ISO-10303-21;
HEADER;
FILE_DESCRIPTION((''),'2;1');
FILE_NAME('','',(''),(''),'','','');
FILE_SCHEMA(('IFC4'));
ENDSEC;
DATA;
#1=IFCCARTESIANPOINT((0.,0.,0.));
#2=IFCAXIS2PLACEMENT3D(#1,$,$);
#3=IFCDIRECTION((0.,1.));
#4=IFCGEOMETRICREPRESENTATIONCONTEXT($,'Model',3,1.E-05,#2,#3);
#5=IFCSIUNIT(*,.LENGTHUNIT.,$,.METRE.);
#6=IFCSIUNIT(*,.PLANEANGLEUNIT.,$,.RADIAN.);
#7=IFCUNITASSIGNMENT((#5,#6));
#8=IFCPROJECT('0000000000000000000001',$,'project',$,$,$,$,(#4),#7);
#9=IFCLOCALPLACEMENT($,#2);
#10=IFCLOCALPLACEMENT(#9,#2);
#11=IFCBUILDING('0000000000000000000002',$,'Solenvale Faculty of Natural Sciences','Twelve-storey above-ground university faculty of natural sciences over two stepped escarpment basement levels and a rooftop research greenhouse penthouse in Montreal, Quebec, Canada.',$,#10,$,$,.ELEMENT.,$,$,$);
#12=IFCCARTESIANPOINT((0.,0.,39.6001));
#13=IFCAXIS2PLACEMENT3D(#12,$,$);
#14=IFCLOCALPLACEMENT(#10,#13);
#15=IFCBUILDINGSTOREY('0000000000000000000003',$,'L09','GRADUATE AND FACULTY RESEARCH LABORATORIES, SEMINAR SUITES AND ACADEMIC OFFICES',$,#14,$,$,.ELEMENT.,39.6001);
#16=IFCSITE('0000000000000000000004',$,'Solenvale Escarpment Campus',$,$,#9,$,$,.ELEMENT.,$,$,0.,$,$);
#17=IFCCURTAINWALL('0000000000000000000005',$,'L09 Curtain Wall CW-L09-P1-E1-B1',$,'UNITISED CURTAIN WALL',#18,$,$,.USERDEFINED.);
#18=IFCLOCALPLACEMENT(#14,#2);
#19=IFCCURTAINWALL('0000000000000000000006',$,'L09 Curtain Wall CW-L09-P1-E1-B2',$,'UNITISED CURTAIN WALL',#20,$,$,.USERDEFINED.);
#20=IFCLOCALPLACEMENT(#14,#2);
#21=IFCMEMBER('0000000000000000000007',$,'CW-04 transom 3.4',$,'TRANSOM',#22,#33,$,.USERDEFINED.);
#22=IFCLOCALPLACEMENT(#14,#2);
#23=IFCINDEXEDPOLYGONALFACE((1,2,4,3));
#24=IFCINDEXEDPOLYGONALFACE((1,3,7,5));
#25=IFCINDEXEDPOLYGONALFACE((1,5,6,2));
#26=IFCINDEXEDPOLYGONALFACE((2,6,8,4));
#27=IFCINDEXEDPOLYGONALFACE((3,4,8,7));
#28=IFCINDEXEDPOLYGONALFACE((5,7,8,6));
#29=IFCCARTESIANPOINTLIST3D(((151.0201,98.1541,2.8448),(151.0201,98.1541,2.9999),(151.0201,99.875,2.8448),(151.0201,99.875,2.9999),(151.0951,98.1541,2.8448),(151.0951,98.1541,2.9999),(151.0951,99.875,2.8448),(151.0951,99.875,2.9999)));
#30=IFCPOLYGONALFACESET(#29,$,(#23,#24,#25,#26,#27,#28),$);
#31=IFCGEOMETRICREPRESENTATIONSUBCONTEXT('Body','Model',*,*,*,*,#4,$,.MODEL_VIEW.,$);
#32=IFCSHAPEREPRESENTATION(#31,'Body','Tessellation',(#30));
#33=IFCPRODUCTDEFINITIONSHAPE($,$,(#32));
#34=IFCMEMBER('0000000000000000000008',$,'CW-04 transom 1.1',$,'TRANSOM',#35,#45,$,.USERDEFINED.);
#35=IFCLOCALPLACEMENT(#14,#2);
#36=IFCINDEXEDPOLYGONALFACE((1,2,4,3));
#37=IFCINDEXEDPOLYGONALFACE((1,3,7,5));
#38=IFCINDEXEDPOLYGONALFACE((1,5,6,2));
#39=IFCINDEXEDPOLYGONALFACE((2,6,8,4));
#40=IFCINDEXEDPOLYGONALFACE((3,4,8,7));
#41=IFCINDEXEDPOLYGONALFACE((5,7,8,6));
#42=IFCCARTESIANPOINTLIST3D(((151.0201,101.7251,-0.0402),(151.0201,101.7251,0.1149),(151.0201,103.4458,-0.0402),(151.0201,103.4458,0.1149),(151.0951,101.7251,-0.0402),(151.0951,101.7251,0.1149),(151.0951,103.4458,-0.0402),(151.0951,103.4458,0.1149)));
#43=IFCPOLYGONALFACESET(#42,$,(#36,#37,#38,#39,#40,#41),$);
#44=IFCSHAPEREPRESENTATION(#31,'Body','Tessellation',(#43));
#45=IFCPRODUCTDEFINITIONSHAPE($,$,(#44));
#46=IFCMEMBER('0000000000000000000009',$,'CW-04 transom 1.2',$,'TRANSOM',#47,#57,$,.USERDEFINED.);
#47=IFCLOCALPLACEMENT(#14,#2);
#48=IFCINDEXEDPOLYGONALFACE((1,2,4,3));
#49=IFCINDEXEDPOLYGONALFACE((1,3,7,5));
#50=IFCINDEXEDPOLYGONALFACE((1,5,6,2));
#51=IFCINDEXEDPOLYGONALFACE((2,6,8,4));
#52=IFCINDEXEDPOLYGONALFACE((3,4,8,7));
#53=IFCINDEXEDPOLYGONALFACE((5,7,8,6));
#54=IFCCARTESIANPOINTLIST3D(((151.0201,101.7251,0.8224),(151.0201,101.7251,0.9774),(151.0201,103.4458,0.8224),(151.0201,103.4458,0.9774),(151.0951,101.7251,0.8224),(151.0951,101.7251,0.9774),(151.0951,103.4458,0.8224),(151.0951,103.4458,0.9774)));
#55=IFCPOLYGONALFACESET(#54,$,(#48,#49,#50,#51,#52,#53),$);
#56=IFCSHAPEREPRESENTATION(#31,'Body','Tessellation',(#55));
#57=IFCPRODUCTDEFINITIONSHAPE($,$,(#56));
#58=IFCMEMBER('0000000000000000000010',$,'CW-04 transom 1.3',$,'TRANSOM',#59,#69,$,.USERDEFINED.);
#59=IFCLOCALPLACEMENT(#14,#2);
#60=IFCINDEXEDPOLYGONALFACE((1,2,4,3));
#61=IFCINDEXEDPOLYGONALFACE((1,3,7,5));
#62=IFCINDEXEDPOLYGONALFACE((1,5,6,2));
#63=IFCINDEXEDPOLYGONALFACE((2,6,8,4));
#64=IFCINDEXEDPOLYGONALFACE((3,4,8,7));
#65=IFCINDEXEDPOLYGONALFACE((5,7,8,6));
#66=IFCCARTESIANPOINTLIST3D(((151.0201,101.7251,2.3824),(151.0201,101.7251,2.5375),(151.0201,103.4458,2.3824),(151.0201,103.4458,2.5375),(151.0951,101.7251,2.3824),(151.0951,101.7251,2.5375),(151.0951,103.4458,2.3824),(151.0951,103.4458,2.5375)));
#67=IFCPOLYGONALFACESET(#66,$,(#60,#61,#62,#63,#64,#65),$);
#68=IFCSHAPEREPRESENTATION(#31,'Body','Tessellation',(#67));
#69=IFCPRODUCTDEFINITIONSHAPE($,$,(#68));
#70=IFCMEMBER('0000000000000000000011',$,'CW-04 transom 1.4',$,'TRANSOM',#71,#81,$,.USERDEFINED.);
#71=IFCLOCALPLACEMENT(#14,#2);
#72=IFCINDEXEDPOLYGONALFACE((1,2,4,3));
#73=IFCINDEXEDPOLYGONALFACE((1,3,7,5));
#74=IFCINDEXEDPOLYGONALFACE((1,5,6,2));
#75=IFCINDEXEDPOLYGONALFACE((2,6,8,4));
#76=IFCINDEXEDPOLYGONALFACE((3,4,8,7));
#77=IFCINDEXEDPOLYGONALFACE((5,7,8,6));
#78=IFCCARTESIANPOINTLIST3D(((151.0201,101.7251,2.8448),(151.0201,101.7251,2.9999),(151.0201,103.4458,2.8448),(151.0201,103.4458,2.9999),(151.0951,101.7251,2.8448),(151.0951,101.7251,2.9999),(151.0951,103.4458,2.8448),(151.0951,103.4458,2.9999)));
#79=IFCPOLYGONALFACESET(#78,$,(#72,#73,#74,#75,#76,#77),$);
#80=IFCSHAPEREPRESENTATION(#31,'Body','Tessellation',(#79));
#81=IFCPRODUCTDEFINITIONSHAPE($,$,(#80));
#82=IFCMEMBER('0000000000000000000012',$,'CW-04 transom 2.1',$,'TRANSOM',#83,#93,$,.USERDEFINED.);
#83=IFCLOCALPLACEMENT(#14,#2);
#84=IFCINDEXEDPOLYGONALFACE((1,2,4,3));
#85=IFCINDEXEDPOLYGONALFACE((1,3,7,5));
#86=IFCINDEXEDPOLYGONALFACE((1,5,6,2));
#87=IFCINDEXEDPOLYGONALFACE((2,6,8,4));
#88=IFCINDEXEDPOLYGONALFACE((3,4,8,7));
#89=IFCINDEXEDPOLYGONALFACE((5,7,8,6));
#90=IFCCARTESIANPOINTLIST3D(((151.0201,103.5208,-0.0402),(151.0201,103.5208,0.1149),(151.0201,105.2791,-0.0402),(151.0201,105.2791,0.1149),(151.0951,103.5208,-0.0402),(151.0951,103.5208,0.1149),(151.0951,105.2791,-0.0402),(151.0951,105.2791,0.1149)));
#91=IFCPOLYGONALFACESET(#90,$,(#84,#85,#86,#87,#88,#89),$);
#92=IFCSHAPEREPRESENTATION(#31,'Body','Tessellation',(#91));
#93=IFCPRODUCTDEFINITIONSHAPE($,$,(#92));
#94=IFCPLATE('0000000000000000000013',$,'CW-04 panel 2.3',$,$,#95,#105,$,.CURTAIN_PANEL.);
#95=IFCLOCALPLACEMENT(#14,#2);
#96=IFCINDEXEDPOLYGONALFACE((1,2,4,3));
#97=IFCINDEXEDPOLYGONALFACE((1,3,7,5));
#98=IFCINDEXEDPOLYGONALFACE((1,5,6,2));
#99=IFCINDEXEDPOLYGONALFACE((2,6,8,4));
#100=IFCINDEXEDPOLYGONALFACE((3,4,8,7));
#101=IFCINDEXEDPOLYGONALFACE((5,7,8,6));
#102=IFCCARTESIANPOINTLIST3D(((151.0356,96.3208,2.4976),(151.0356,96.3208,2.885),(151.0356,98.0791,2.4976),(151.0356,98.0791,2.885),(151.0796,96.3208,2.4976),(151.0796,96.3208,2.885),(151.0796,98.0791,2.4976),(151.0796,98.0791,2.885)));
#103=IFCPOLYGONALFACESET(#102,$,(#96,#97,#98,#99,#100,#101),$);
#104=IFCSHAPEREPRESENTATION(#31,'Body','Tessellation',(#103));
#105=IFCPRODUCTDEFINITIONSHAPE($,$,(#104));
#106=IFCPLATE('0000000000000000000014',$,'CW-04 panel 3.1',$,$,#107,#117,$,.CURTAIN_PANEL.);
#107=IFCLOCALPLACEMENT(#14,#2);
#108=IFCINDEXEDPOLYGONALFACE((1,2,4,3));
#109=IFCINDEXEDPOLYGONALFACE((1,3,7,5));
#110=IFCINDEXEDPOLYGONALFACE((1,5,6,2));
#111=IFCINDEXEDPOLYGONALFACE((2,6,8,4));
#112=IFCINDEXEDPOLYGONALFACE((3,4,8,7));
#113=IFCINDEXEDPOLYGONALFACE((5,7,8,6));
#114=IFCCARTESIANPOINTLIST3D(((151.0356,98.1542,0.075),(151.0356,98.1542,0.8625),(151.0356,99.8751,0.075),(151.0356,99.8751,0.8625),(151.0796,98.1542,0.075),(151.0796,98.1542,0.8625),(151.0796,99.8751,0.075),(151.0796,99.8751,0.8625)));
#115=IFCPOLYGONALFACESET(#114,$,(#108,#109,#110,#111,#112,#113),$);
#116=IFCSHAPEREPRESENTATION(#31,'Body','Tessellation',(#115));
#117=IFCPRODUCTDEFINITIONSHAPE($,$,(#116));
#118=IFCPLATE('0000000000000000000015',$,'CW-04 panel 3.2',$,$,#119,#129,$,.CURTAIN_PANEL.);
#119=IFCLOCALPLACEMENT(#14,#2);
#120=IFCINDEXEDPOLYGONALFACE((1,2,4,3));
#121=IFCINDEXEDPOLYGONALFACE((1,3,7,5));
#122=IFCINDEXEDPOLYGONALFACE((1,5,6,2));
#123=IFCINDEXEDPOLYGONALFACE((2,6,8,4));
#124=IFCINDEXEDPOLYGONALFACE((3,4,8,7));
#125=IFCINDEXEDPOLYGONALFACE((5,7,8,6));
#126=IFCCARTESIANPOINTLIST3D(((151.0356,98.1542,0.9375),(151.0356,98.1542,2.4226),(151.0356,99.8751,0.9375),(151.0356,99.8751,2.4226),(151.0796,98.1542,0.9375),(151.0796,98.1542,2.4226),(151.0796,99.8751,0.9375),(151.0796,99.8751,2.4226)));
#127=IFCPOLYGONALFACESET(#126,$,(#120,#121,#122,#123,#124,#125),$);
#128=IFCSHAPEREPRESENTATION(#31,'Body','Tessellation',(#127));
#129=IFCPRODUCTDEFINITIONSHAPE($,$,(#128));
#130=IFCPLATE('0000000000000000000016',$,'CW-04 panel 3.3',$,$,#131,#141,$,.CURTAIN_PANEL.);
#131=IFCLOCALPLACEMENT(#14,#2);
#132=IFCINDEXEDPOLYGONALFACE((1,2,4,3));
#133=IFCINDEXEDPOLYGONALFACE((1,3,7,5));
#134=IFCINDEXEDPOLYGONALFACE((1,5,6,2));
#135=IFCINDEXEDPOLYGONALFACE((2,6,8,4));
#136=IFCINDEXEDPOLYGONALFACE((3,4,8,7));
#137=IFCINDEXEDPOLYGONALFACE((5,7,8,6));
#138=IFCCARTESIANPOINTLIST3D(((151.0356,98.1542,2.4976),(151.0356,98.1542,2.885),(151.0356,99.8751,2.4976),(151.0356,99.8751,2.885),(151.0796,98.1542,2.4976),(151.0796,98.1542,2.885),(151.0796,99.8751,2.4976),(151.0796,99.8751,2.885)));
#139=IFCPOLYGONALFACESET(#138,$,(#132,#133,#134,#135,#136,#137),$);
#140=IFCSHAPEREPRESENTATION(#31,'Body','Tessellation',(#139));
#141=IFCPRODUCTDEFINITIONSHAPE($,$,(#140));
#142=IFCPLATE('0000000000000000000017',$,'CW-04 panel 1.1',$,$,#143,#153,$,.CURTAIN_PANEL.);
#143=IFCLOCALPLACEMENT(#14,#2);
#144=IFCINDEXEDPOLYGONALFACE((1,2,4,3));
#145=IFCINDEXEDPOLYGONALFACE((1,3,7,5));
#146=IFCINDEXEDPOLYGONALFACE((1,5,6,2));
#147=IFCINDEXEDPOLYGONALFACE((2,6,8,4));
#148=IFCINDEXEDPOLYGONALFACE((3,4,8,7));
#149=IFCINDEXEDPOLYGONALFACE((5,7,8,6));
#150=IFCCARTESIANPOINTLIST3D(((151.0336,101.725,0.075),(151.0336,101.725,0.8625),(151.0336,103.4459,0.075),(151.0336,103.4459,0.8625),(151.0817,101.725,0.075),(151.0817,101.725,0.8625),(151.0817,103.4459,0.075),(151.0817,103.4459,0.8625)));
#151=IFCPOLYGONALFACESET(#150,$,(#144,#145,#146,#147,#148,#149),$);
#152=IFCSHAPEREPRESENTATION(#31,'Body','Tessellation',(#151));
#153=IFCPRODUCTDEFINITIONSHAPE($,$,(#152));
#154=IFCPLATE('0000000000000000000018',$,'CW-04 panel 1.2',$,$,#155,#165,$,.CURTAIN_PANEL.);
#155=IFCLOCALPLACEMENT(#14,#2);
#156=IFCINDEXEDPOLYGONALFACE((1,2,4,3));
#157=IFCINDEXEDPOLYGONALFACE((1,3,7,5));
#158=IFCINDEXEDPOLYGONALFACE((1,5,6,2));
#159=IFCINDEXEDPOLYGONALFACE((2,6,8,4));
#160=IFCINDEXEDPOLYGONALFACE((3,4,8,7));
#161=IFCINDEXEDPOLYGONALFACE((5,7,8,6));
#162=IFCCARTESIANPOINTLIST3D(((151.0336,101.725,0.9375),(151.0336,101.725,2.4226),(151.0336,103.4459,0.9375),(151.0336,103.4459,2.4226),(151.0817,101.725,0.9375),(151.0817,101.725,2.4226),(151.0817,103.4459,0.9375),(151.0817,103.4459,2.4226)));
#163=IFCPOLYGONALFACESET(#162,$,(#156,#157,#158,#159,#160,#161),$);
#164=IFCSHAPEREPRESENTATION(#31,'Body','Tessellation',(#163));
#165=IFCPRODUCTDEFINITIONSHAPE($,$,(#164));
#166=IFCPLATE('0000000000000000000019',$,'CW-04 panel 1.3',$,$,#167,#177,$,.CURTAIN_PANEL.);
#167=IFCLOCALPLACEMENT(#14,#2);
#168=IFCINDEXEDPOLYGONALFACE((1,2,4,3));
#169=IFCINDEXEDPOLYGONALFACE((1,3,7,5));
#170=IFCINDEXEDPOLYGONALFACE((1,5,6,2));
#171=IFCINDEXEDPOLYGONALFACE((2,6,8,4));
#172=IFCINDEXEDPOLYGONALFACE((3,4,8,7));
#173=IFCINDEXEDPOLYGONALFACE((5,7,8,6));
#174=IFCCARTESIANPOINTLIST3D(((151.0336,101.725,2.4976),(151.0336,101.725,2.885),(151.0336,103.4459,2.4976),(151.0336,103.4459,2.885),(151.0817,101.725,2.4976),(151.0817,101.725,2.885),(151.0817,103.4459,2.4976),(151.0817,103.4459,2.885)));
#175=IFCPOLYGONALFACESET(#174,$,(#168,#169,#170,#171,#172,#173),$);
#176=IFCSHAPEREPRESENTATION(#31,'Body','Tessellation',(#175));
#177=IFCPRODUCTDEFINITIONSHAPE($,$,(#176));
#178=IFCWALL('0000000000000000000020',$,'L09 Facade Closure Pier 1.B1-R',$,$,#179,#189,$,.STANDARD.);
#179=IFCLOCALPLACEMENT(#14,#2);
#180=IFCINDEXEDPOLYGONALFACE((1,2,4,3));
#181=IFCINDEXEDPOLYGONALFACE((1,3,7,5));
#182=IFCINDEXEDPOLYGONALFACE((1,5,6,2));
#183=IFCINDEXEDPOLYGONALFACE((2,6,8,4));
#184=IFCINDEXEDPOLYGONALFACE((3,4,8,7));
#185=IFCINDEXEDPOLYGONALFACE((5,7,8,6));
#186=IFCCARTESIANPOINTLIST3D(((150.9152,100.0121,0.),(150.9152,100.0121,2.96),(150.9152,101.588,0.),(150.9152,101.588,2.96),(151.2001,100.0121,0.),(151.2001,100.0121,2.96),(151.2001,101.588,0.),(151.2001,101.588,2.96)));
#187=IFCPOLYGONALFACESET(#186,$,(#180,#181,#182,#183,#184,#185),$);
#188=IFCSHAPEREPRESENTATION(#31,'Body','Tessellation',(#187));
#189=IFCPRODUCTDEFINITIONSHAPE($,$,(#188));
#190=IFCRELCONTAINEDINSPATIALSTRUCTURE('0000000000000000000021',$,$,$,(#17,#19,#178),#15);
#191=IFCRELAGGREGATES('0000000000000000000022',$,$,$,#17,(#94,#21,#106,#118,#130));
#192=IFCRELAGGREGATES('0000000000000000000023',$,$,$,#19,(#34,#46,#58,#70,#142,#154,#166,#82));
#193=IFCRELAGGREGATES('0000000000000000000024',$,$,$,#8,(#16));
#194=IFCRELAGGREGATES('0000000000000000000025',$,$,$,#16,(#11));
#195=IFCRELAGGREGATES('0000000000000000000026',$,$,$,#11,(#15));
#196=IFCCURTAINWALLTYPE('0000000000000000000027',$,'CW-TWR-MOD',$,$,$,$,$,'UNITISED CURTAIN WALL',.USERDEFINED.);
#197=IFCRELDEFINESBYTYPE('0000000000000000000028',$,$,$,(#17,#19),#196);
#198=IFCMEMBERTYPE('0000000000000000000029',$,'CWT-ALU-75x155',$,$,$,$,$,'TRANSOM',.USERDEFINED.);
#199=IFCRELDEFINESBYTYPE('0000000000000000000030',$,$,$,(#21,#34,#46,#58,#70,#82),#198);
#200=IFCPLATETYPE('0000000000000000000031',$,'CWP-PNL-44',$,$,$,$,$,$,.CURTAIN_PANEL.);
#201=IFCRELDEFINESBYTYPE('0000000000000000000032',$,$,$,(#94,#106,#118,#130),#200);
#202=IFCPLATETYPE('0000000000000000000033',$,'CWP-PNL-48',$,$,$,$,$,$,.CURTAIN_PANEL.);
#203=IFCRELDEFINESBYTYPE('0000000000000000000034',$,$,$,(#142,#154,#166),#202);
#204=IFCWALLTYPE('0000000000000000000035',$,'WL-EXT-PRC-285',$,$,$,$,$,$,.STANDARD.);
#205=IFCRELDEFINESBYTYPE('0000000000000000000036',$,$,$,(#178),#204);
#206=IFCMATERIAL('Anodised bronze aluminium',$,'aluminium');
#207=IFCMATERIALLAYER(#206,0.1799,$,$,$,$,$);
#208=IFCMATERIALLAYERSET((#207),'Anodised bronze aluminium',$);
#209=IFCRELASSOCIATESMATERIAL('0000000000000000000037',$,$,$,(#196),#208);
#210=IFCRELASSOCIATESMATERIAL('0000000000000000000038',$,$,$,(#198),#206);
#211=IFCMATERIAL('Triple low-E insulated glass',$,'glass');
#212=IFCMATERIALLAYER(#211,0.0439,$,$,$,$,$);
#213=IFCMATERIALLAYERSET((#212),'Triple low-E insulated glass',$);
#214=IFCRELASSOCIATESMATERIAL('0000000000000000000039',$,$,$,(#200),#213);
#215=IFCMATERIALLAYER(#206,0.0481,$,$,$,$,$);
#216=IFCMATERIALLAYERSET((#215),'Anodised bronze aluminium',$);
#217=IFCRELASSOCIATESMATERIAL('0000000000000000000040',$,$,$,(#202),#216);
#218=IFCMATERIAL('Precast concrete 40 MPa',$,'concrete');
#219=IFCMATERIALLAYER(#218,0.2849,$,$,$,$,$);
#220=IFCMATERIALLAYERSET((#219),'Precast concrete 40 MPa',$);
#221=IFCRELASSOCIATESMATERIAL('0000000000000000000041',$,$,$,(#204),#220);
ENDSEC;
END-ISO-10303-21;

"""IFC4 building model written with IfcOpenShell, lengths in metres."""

from ifc_helpers import new_model, si_unit, direction, frame, frame_2d, origin, origin_2d, place, context, subcontext, project, spatial, rectangle, extrude, material, layer, layer_set, material_profile, profile_set, type_object, element, aggregate, save


model = new_model("IFC4")

# Units and contexts
model_context = context("Model", 3, precision=1e-05, world=origin(), true_north=direction((0.0, 1.0)))
body_context = subcontext(model_context, "Body", "Model", "MODEL_VIEW")
ifc_project = project(units=[si_unit("LENGTHUNIT", "METRE"), si_unit("PLANEANGLEUNIT", "RADIAN")], contexts=[model_context])

# Site, building, storey
site_placement = place(None, origin())
site = spatial("IfcSite", under=ifc_project, at=site_placement, Name="Solenvale Escarpment Campus", CompositionType="ELEMENT", RefElevation=0.0)
building_placement = place(site_placement, origin())
building = spatial("IfcBuilding", under=site, at=building_placement, Name="Solenvale Faculty of Natural Sciences", Description="Twelve-storey above-ground university faculty of natural sciences over two stepped escarpment basement levels and a rooftop research greenhouse penthouse in Montreal, Quebec, Canada.", CompositionType="ELEMENT")
storey_placement = place(building_placement, frame((0.0, 0.0, 39.6001)))
storey = spatial("IfcBuildingStorey", under=building, at=storey_placement, Name="L09", Description="GRADUATE AND FACULTY RESEARCH LABORATORIES, SEMINAR SUITES AND ACADEMIC OFFICES", CompositionType="ELEMENT", Elevation=39.6001)

# Curtain walls
ifc_material_1 = material(Name="Anodised bronze aluminium", Category="aluminium")
ifc_layer_1 = layer(ifc_material_1, 0.1799)
ifc_layer_set_1 = layer_set([ifc_layer_1], Name="Anodised bronze aluminium")
curtain_wall_type = type_object("IfcCurtainWallType", Name="CW-TWR-MOD", ElementType="UNITISED CURTAIN WALL", PredefinedType="USERDEFINED", material=ifc_layer_set_1)
curtain_wall_1_placement = place(storey_placement, origin())
curtain_wall_1 = element("IfcCurtainWall", 1, at=curtain_wall_1_placement, inside=storey, type_object=curtain_wall_type, Name="L09 Curtain Wall CW-L09-P1-E1-B1", ObjectType="UNITISED CURTAIN WALL", PredefinedType="USERDEFINED")
curtain_wall_2_placement = place(storey_placement, origin())
curtain_wall_2 = element("IfcCurtainWall", 2, at=curtain_wall_2_placement, inside=storey, type_object=curtain_wall_type, Name="L09 Curtain Wall CW-L09-P1-E1-B2", ObjectType="UNITISED CURTAIN WALL", PredefinedType="USERDEFINED")

# Members
ifc_material_profile_1 = material_profile(ifc_material_1, rectangle(XDim=0.075, YDim=0.155, at=origin_2d()), Name="ALU-TRN-75x155")
ifc_profile_set_1 = profile_set([ifc_material_profile_1], Name="Anodised bronze aluminium")
member_type_1 = type_object("IfcMemberType", Name="CWT-ALU-75x155", ElementType="TRANSOM", PredefinedType="USERDEFINED", material=ifc_profile_set_1)
member_1_placement = place(storey_placement, frame((151.0576, 98.1541, 2.9224), z_axis=(0.0, 1.0, 0.0), x_axis=(-1.0, 0.0, 0.0)))
member_1 = element("IfcMember", 3, at=member_1_placement, type_object=member_type_1, Name="CW-04 transom 3.4", ObjectType="TRANSOM", PredefinedType="USERDEFINED", context=body_context, shape_type="SweptSolid", body=[
    extrude(rectangle(XDim=0.075, YDim=0.155, at=origin_2d()), origin(), (0.0, 0.0, 1.0), 1.7209),
])
member_2_placement = place(storey_placement, frame((151.0576, 101.7251, 0.0374), z_axis=(0.0, 1.0, 0.0), x_axis=(-1.0, 0.0, 0.0)))
member_2 = element("IfcMember", 4, at=member_2_placement, type_object=member_type_1, Name="CW-04 transom 1.1", ObjectType="TRANSOM", PredefinedType="USERDEFINED", context=body_context, shape_type="SweptSolid", body=[
    extrude(rectangle(XDim=0.075, YDim=0.155, at=origin_2d()), origin(), (0.0, 0.0, 1.0), 1.7207),
])
member_3_placement = place(storey_placement, frame((151.0576, 101.7251, 0.8999), z_axis=(0.0, 1.0, 0.0), x_axis=(-1.0, 0.0, 0.0)))
member_3 = element("IfcMember", 5, at=member_3_placement, type_object=member_type_1, Name="CW-04 transom 1.2", ObjectType="TRANSOM", PredefinedType="USERDEFINED", context=body_context, shape_type="SweptSolid", body=[
    extrude(rectangle(XDim=0.075, YDim=0.155, at=origin_2d()), origin(), (0.0, 0.0, 1.0), 1.7207),
])
member_4_placement = place(storey_placement, frame((151.0576, 101.7251, 2.46), z_axis=(0.0, 1.0, 0.0), x_axis=(-1.0, 0.0, 0.0)))
member_4 = element("IfcMember", 6, at=member_4_placement, type_object=member_type_1, Name="CW-04 transom 1.3", ObjectType="TRANSOM", PredefinedType="USERDEFINED", context=body_context, shape_type="SweptSolid", body=[
    extrude(rectangle(XDim=0.075, YDim=0.155, at=origin_2d()), origin(), (0.0, 0.0, 1.0), 1.7207),
])
member_5_placement = place(storey_placement, frame((151.0576, 101.7251, 2.9224), z_axis=(0.0, 1.0, 0.0), x_axis=(-1.0, 0.0, 0.0)))
member_5 = element("IfcMember", 7, at=member_5_placement, type_object=member_type_1, Name="CW-04 transom 1.4", ObjectType="TRANSOM", PredefinedType="USERDEFINED", context=body_context, shape_type="SweptSolid", body=[
    extrude(rectangle(XDim=0.075, YDim=0.155, at=origin_2d()), origin(), (0.0, 0.0, 1.0), 1.7207),
])
member_6_placement = place(storey_placement, frame((151.0576, 103.5208, 0.0374), z_axis=(0.0, 1.0, 0.0), x_axis=(-1.0, 0.0, 0.0)))
member_6 = element("IfcMember", 8, at=member_6_placement, type_object=member_type_1, Name="CW-04 transom 2.1", ObjectType="TRANSOM", PredefinedType="USERDEFINED", context=body_context, shape_type="SweptSolid", body=[
    extrude(rectangle(XDim=0.075, YDim=0.155, at=origin_2d()), origin(), (0.0, 0.0, 1.0), 1.7583),
])

# Plates
ifc_material_2 = material(Name="Triple low-E insulated glass", Category="glass")
ifc_layer_2 = layer(ifc_material_2, 0.0439)
ifc_layer_set_2 = layer_set([ifc_layer_2], Name="Triple low-E insulated glass")
plate_type_1 = type_object("IfcPlateType", Name="CWP-PNL-44", PredefinedType="CURTAIN_PANEL", material=ifc_layer_set_2)
plate_1_placement = place(storey_placement, frame((151.0576, 97.2, 2.4976), z_axis=(0.0, 0.0, 1.0), x_axis=(0.0, 1.0, 0.0)))
plate_1 = element("IfcPlate", 9, at=plate_1_placement, type_object=plate_type_1, Name="CW-04 panel 2.3", PredefinedType="CURTAIN_PANEL", context=body_context, shape_type="SweptSolid", body=[
    extrude(rectangle(XDim=1.7583, YDim=0.0439, at=origin_2d()), origin(), (0.0, 0.0, 1.0), 0.3875),
])
plate_2_placement = place(storey_placement, frame((151.0576, 99.0146, 0.075), z_axis=(0.0, 0.0, 1.0), x_axis=(0.0, 1.0, 0.0)))
plate_2 = element("IfcPlate", 10, at=plate_2_placement, type_object=plate_type_1, Name="CW-04 panel 3.1", PredefinedType="CURTAIN_PANEL", context=body_context, shape_type="SweptSolid", body=[
    extrude(rectangle(XDim=1.7209, YDim=0.0439, at=origin_2d()), origin(), (0.0, 0.0, 1.0), 0.7876),
])
plate_3_placement = place(storey_placement, frame((151.0576, 99.0146, 0.9375), z_axis=(0.0, 0.0, 1.0), x_axis=(0.0, 1.0, 0.0)))
plate_3 = element("IfcPlate", 11, at=plate_3_placement, type_object=plate_type_1, Name="CW-04 panel 3.2", PredefinedType="CURTAIN_PANEL", context=body_context, shape_type="SweptSolid", body=[
    extrude(rectangle(XDim=1.7209, YDim=0.0439, at=origin_2d()), origin(), (0.0, 0.0, 1.0), 1.4851),
])
plate_4_placement = place(storey_placement, frame((151.0576, 99.0146, 2.4976), z_axis=(0.0, 0.0, 1.0), x_axis=(0.0, 1.0, 0.0)))
plate_4 = element("IfcPlate", 12, at=plate_4_placement, type_object=plate_type_1, Name="CW-04 panel 3.3", PredefinedType="CURTAIN_PANEL", context=body_context, shape_type="SweptSolid", body=[
    extrude(rectangle(XDim=1.7209, YDim=0.0439, at=origin_2d()), origin(), (0.0, 0.0, 1.0), 0.3875),
])
aggregate(curtain_wall_1, [plate_1, member_1, plate_2, plate_3, plate_4])
ifc_layer_3 = layer(ifc_material_1, 0.0481)
ifc_layer_set_3 = layer_set([ifc_layer_3], Name="Anodised bronze aluminium")
plate_type_2 = type_object("IfcPlateType", Name="CWP-PNL-48", PredefinedType="CURTAIN_PANEL", material=ifc_layer_set_3)
plate_5_placement = place(storey_placement, frame((151.0576, 102.5854, 0.075), z_axis=(0.0, 0.0, 1.0), x_axis=(0.0, 1.0, 0.0)))
plate_5 = element("IfcPlate", 13, at=plate_5_placement, type_object=plate_type_2, Name="CW-04 panel 1.1", PredefinedType="CURTAIN_PANEL", context=body_context, shape_type="SweptSolid", body=[
    extrude(rectangle(XDim=1.7209, YDim=0.0481, at=origin_2d()), origin(), (0.0, 0.0, 1.0), 0.7876),
])
plate_6_placement = place(storey_placement, frame((151.0576, 102.5854, 0.9375), z_axis=(0.0, 0.0, 1.0), x_axis=(0.0, 1.0, 0.0)))
plate_6 = element("IfcPlate", 14, at=plate_6_placement, type_object=plate_type_2, Name="CW-04 panel 1.2", PredefinedType="CURTAIN_PANEL", context=body_context, shape_type="SweptSolid", body=[
    extrude(rectangle(XDim=1.7209, YDim=0.0481, at=origin_2d()), origin(), (0.0, 0.0, 1.0), 1.4851),
])
plate_7_placement = place(storey_placement, frame((151.0576, 102.5854, 2.4976), z_axis=(0.0, 0.0, 1.0), x_axis=(0.0, 1.0, 0.0)))
plate_7 = element("IfcPlate", 15, at=plate_7_placement, type_object=plate_type_2, Name="CW-04 panel 1.3", PredefinedType="CURTAIN_PANEL", context=body_context, shape_type="SweptSolid", body=[
    extrude(rectangle(XDim=1.7209, YDim=0.0481, at=origin_2d()), origin(), (0.0, 0.0, 1.0), 0.3875),
])
aggregate(curtain_wall_2, [member_2, member_3, member_4, member_5, plate_5, plate_6, plate_7, member_6])

# Wall
ifc_material_3 = material(Name="Precast concrete 40 MPa", Category="concrete")
ifc_layer_4 = layer(ifc_material_3, 0.2849)
ifc_layer_set_4 = layer_set([ifc_layer_4], Name="Precast concrete 40 MPa")
wall_type_1 = type_object("IfcWallType", Name="WL-EXT-PRC-285", PredefinedType="STANDARD", material=ifc_layer_set_4)
wall_1_placement = place(storey_placement, frame((151.0576, 100.012, 0.0), z_axis=(0.0, 0.0, 1.0), x_axis=(0.0, 1.0, 0.0)))
element("IfcWall", 16, at=wall_1_placement, inside=storey, type_object=wall_type_1, Name="L09 Facade Closure Pier 1.B1-R", PredefinedType="STANDARD", context=body_context, shape_type="SweptSolid", body=[
    extrude(rectangle(XDim=1.5759, YDim=0.2849, at=frame_2d((0.7881, 0.0))), origin(), (0.0, 0.0, 1.0), 2.96),
])

save(model, "model.ifc")
